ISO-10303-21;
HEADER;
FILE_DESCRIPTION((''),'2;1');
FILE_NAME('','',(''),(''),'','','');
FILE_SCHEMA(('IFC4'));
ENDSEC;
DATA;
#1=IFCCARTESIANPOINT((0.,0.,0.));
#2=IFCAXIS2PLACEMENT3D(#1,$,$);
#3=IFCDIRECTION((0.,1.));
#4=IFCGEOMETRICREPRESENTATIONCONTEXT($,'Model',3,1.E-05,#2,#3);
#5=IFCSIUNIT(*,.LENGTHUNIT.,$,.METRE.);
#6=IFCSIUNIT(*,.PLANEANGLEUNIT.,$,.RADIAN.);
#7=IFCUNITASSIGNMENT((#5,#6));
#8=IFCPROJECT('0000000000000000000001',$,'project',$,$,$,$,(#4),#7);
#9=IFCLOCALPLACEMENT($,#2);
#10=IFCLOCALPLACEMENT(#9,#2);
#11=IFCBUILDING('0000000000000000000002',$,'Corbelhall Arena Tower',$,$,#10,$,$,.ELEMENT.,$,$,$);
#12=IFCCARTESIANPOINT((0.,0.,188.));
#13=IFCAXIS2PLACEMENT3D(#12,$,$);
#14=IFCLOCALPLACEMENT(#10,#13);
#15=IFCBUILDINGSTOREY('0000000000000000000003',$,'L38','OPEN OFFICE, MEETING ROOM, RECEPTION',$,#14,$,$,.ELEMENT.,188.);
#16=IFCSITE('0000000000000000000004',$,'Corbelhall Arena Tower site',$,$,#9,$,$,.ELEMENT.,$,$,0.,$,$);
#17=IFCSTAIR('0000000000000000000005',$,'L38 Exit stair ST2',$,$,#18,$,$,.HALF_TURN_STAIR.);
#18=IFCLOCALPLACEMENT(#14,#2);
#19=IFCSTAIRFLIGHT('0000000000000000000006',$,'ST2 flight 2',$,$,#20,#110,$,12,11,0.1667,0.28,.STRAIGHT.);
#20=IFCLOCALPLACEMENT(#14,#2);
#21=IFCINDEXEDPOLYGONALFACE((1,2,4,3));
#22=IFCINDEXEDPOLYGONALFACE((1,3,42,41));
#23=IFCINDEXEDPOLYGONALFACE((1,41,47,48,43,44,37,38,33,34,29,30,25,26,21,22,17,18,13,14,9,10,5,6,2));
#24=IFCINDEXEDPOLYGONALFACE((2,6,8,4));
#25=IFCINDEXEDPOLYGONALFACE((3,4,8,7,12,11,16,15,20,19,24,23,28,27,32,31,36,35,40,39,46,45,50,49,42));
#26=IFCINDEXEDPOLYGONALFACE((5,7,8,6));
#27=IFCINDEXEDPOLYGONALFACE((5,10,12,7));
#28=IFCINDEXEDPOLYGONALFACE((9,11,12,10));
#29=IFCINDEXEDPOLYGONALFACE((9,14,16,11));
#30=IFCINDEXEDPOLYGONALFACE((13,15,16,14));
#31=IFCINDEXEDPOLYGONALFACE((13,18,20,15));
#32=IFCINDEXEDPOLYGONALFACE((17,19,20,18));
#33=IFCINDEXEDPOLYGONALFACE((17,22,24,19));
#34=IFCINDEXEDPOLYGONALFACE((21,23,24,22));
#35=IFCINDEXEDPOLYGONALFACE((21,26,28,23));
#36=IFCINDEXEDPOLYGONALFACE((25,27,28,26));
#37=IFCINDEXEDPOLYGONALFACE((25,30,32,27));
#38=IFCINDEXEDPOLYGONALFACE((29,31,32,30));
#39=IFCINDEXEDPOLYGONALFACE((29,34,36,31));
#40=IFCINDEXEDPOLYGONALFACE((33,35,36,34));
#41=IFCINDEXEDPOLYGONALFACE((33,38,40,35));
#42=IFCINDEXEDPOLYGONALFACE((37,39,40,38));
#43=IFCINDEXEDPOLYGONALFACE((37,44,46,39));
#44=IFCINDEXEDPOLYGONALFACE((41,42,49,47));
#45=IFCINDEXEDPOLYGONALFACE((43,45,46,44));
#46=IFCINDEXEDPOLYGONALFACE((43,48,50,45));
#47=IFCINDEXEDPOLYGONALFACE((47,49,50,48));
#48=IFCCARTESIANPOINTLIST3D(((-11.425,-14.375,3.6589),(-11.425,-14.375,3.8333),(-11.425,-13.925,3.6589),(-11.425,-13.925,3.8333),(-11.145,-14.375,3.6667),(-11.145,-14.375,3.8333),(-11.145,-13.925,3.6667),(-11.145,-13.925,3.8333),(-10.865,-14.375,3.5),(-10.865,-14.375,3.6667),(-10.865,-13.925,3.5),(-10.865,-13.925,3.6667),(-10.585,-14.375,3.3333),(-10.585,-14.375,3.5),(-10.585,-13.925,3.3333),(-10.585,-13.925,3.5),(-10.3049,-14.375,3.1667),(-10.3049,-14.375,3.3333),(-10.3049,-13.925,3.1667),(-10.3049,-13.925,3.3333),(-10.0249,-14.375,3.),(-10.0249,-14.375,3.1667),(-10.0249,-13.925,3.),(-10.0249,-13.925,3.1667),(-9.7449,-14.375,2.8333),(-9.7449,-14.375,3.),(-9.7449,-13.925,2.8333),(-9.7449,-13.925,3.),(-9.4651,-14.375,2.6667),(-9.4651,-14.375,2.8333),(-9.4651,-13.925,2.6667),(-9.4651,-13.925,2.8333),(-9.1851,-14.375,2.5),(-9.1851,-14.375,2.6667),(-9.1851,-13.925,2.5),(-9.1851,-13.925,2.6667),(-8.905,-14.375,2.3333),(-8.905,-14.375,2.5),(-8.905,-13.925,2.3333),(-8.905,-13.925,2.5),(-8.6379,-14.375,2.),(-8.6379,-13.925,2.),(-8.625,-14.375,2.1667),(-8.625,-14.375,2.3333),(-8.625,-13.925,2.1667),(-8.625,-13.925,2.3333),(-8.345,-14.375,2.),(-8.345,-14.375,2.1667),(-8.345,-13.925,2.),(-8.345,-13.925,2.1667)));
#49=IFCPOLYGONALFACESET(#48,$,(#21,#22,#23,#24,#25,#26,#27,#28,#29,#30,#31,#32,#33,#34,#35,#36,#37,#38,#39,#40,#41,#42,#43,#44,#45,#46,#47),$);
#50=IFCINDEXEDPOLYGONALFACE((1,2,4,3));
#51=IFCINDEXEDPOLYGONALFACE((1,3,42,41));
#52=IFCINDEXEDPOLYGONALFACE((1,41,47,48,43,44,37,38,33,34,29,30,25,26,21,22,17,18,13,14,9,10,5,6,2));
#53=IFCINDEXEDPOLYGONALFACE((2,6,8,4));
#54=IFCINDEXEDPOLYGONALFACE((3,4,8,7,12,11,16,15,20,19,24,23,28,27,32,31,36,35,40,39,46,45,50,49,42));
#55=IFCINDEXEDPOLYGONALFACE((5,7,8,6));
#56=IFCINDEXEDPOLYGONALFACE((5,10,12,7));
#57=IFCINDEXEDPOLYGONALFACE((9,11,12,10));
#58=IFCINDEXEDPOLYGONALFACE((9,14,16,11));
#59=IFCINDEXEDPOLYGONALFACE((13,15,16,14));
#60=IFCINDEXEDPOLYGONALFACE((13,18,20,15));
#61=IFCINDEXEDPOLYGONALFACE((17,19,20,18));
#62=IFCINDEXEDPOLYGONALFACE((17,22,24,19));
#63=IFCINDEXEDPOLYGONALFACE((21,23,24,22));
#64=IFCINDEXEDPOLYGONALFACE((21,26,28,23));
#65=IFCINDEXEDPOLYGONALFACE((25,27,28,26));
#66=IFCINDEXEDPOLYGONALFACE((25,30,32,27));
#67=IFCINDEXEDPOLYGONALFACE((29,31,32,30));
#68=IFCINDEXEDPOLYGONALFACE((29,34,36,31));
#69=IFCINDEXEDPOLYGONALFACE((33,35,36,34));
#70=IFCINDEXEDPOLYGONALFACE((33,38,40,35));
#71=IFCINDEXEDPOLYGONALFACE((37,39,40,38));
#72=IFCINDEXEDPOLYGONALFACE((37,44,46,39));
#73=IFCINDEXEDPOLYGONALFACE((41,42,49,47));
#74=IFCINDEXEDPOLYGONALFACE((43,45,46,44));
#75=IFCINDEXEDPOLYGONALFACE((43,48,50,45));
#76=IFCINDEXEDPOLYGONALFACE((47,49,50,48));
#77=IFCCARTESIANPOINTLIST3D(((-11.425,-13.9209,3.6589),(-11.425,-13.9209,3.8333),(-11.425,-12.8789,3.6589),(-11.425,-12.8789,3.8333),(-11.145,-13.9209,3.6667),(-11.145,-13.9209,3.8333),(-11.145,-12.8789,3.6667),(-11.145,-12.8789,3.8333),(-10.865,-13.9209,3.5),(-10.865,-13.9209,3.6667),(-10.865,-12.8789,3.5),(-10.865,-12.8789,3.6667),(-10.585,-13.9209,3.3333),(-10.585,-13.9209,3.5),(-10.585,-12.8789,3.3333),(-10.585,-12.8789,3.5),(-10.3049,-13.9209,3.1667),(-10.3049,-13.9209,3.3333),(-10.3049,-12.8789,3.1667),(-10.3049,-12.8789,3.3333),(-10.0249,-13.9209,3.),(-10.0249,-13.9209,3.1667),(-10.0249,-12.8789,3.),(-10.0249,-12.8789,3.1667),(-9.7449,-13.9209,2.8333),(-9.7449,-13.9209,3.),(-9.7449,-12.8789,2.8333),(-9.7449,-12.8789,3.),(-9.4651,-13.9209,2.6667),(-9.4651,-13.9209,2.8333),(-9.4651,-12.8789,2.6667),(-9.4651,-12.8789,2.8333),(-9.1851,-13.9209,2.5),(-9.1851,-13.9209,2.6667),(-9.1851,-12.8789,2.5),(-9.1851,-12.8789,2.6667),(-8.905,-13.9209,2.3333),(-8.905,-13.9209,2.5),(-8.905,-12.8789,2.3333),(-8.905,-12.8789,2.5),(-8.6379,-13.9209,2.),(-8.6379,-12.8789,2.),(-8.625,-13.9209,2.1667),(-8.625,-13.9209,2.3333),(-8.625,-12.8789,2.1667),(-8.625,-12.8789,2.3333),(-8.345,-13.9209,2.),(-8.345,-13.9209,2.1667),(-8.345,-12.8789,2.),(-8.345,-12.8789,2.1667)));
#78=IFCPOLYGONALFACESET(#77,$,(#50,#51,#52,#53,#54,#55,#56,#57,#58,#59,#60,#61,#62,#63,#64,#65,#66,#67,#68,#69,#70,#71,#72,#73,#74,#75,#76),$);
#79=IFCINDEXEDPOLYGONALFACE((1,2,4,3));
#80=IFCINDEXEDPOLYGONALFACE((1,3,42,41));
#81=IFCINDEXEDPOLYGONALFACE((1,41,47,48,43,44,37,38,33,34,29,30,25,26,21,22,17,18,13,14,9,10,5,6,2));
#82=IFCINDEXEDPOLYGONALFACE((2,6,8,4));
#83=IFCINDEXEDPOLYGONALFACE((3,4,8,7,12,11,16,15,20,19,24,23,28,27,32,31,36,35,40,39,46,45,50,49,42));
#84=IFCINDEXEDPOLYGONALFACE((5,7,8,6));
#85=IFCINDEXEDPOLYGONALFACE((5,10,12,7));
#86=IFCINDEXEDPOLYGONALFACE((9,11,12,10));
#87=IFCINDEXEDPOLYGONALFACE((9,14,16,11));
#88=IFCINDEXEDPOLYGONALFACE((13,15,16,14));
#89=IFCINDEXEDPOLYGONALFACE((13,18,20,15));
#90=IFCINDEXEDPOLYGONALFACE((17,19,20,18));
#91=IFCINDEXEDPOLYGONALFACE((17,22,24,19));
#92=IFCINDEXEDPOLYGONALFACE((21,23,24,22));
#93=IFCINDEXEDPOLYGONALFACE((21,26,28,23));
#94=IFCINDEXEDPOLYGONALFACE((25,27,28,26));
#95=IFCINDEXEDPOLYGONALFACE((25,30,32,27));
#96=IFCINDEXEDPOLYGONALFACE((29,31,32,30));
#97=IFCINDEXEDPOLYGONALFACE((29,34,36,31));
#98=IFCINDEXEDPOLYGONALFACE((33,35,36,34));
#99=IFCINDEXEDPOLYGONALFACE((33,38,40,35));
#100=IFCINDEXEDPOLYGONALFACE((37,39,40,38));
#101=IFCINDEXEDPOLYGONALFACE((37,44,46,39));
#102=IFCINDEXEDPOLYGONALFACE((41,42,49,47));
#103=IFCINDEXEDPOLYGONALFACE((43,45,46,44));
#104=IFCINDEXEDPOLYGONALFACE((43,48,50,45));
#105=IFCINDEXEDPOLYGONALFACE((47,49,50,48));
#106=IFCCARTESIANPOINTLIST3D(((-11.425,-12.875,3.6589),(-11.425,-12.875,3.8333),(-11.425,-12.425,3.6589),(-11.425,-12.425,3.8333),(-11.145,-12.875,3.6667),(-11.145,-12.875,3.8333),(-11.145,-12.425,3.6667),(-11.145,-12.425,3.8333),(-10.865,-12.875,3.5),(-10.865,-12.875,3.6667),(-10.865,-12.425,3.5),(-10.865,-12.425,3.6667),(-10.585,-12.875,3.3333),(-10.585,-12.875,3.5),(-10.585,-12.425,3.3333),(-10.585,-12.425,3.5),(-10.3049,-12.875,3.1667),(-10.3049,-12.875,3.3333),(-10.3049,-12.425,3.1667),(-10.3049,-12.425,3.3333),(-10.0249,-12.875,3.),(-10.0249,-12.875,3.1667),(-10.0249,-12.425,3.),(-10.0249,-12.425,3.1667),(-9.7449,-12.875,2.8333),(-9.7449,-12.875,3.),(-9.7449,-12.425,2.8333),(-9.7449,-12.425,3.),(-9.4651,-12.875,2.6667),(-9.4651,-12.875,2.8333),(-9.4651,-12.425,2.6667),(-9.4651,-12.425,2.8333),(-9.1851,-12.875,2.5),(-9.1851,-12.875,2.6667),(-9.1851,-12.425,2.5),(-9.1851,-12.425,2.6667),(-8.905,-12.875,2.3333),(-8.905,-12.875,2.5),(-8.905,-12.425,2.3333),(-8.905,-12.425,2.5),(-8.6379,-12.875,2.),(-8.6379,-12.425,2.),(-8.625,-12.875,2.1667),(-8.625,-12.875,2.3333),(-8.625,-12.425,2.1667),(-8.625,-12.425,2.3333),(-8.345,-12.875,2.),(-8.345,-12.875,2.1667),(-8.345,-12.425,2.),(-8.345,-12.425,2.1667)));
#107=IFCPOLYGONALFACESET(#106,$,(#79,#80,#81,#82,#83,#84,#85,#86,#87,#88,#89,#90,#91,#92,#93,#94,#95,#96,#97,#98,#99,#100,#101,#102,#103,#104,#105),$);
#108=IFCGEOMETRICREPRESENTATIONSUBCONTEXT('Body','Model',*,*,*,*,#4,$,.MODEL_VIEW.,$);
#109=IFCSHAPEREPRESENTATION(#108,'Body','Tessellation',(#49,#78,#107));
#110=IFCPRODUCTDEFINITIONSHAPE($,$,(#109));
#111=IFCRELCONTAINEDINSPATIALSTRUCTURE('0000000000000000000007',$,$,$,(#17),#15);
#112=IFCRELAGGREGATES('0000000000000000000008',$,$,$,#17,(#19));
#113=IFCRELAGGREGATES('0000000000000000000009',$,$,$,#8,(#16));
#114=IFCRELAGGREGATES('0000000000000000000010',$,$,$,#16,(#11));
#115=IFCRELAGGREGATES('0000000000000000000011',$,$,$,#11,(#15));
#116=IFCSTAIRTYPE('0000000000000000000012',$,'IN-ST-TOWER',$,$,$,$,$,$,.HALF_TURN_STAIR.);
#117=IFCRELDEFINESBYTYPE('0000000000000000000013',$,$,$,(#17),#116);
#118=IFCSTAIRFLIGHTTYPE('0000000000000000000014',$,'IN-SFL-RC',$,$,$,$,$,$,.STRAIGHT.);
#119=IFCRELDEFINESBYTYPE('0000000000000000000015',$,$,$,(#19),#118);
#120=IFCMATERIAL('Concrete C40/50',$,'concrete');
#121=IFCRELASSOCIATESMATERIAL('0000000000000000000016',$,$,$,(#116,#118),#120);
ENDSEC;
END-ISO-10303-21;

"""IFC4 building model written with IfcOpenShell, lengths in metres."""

from ifc_helpers import new_model, si_unit, direction, frame, origin, place, context, subcontext, project, spatial, polyline, outline, extrude, material, type_object, element, aggregate, save


model = new_model("IFC4")

# Units and contexts
model_context = context("Model", 3, precision=1e-05, world=origin(), true_north=direction((0.0, 1.0)))
body_context = subcontext(model_context, "Body", "Model", "MODEL_VIEW")
ifc_project = project(units=[si_unit("LENGTHUNIT", "METRE"), si_unit("PLANEANGLEUNIT", "RADIAN")], contexts=[model_context])

# Site, building, storey
site_placement = place(None, origin())
site = spatial("IfcSite", under=ifc_project, at=site_placement, Name="Corbelhall Arena Tower site", CompositionType="ELEMENT", RefElevation=0.0)
building_placement = place(site_placement, origin())
building = spatial("IfcBuilding", under=site, at=building_placement, Name="Corbelhall Arena Tower", CompositionType="ELEMENT")
storey_placement = place(building_placement, frame((0.0, 0.0, 188.0)))
storey = spatial("IfcBuildingStorey", under=building, at=storey_placement, Name="L38", Description="OPEN OFFICE, MEETING ROOM, RECEPTION", CompositionType="ELEMENT", Elevation=188.0)

# Shared definitions
ifc_material_1 = material(Name="Concrete C40/50", Category="concrete")

# Stair, stair flight
stair_type = type_object("IfcStairType", Name="IN-ST-TOWER", PredefinedType="HALF_TURN_STAIR", material=ifc_material_1)
stair_placement = place(storey_placement, origin())
stair = element("IfcStair", 1, at=stair_placement, inside=storey, type_object=stair_type, Name="L38 Exit stair ST2", PredefinedType="HALF_TURN_STAIR")
stair_flight_type = type_object("IfcStairFlightType", Name="IN-SFL-RC", PredefinedType="STRAIGHT", material=ifc_material_1)
stair_flight_1_placement = place(storey_placement, frame((-8.345, -13.3999, 2.0), z_axis=(0.0, 0.0, 1.0), x_axis=(-1.0, 0.0, 0.0)))
stair_flight_1 = element("IfcStairFlight", 2, at=stair_flight_1_placement, type_object=stair_flight_type, Name="ST2 flight 2", NumberOfRisers=12, NumberOfTreads=11, PredefinedType="STRAIGHT", RiserHeight=0.1667, TreadLength=0.28, context=body_context, shape_type="SweptSolid", body=[
    extrude(outline(polyline([(0.0, 0.0), (0.0, 0.1667), (0.28, 0.1667), (0.28, 0.3333), (0.5601, 0.3333), (0.5601, 0.5), (0.8401, 0.5), (0.8401, 0.6667), (1.1201, 0.6667), (1.1201, 0.8333), (1.3999, 0.8333), (1.3999, 1.0), (1.6799, 1.0), (1.6799, 1.1667), (1.96, 1.1667), (1.96, 1.3333), (2.24, 1.3333), (2.24, 1.5), (2.52, 1.5), (2.52, 1.6667), (2.8, 1.6667), (2.8, 1.8333), (3.0801, 1.8333), (3.0801, 2.0), (3.0801, 1.6589), (0.293, 0.0), (0.0, 0.0)])), frame((0.0, 0.9751, 0.0), z_axis=(0.0, -1.0, 0.0), x_axis=(1.0, 0.0, 0.0)), (0.0, 0.0, 1.0), 0.45),
    extrude(outline(polyline([(0.0, 0.0), (0.0, 0.1667), (0.28, 0.1667), (0.28, 0.3333), (0.5601, 0.3333), (0.5601, 0.5), (0.8401, 0.5), (0.8401, 0.6667), (1.1201, 0.6667), (1.1201, 0.8333), (1.3999, 0.8333), (1.3999, 1.0), (1.6799, 1.0), (1.6799, 1.1667), (1.96, 1.1667), (1.96, 1.3333), (2.24, 1.3333), (2.24, 1.5), (2.52, 1.5), (2.52, 1.6667), (2.8, 1.6667), (2.8, 1.8333), (3.0801, 1.8333), (3.0801, 2.0), (3.0801, 1.6589), (0.293, 0.0), (0.0, 0.0)])), frame((0.0, 0.521, 0.0), z_axis=(0.0, -1.0, 0.0), x_axis=(1.0, 0.0, 0.0)), (0.0, 0.0, 1.0), 1.042),
    extrude(outline(polyline([(0.0, 0.0), (0.0, 0.1667), (0.28, 0.1667), (0.28, 0.3333), (0.5601, 0.3333), (0.5601, 0.5), (0.8401, 0.5), (0.8401, 0.6667), (1.1201, 0.6667), (1.1201, 0.8333), (1.3999, 0.8333), (1.3999, 1.0), (1.6799, 1.0), (1.6799, 1.1667), (1.96, 1.1667), (1.96, 1.3333), (2.24, 1.3333), (2.24, 1.5), (2.52, 1.5), (2.52, 1.6667), (2.8, 1.6667), (2.8, 1.8333), (3.0801, 1.8333), (3.0801, 2.0), (3.0801, 1.6589), (0.293, 0.0), (0.0, 0.0)])), frame((0.0, -0.5249, 0.0), z_axis=(0.0, -1.0, 0.0), x_axis=(1.0, 0.0, 0.0)), (0.0, 0.0, 1.0), 0.45),
])
aggregate(stair, [stair_flight_1])

save(model, "model.ifc")
